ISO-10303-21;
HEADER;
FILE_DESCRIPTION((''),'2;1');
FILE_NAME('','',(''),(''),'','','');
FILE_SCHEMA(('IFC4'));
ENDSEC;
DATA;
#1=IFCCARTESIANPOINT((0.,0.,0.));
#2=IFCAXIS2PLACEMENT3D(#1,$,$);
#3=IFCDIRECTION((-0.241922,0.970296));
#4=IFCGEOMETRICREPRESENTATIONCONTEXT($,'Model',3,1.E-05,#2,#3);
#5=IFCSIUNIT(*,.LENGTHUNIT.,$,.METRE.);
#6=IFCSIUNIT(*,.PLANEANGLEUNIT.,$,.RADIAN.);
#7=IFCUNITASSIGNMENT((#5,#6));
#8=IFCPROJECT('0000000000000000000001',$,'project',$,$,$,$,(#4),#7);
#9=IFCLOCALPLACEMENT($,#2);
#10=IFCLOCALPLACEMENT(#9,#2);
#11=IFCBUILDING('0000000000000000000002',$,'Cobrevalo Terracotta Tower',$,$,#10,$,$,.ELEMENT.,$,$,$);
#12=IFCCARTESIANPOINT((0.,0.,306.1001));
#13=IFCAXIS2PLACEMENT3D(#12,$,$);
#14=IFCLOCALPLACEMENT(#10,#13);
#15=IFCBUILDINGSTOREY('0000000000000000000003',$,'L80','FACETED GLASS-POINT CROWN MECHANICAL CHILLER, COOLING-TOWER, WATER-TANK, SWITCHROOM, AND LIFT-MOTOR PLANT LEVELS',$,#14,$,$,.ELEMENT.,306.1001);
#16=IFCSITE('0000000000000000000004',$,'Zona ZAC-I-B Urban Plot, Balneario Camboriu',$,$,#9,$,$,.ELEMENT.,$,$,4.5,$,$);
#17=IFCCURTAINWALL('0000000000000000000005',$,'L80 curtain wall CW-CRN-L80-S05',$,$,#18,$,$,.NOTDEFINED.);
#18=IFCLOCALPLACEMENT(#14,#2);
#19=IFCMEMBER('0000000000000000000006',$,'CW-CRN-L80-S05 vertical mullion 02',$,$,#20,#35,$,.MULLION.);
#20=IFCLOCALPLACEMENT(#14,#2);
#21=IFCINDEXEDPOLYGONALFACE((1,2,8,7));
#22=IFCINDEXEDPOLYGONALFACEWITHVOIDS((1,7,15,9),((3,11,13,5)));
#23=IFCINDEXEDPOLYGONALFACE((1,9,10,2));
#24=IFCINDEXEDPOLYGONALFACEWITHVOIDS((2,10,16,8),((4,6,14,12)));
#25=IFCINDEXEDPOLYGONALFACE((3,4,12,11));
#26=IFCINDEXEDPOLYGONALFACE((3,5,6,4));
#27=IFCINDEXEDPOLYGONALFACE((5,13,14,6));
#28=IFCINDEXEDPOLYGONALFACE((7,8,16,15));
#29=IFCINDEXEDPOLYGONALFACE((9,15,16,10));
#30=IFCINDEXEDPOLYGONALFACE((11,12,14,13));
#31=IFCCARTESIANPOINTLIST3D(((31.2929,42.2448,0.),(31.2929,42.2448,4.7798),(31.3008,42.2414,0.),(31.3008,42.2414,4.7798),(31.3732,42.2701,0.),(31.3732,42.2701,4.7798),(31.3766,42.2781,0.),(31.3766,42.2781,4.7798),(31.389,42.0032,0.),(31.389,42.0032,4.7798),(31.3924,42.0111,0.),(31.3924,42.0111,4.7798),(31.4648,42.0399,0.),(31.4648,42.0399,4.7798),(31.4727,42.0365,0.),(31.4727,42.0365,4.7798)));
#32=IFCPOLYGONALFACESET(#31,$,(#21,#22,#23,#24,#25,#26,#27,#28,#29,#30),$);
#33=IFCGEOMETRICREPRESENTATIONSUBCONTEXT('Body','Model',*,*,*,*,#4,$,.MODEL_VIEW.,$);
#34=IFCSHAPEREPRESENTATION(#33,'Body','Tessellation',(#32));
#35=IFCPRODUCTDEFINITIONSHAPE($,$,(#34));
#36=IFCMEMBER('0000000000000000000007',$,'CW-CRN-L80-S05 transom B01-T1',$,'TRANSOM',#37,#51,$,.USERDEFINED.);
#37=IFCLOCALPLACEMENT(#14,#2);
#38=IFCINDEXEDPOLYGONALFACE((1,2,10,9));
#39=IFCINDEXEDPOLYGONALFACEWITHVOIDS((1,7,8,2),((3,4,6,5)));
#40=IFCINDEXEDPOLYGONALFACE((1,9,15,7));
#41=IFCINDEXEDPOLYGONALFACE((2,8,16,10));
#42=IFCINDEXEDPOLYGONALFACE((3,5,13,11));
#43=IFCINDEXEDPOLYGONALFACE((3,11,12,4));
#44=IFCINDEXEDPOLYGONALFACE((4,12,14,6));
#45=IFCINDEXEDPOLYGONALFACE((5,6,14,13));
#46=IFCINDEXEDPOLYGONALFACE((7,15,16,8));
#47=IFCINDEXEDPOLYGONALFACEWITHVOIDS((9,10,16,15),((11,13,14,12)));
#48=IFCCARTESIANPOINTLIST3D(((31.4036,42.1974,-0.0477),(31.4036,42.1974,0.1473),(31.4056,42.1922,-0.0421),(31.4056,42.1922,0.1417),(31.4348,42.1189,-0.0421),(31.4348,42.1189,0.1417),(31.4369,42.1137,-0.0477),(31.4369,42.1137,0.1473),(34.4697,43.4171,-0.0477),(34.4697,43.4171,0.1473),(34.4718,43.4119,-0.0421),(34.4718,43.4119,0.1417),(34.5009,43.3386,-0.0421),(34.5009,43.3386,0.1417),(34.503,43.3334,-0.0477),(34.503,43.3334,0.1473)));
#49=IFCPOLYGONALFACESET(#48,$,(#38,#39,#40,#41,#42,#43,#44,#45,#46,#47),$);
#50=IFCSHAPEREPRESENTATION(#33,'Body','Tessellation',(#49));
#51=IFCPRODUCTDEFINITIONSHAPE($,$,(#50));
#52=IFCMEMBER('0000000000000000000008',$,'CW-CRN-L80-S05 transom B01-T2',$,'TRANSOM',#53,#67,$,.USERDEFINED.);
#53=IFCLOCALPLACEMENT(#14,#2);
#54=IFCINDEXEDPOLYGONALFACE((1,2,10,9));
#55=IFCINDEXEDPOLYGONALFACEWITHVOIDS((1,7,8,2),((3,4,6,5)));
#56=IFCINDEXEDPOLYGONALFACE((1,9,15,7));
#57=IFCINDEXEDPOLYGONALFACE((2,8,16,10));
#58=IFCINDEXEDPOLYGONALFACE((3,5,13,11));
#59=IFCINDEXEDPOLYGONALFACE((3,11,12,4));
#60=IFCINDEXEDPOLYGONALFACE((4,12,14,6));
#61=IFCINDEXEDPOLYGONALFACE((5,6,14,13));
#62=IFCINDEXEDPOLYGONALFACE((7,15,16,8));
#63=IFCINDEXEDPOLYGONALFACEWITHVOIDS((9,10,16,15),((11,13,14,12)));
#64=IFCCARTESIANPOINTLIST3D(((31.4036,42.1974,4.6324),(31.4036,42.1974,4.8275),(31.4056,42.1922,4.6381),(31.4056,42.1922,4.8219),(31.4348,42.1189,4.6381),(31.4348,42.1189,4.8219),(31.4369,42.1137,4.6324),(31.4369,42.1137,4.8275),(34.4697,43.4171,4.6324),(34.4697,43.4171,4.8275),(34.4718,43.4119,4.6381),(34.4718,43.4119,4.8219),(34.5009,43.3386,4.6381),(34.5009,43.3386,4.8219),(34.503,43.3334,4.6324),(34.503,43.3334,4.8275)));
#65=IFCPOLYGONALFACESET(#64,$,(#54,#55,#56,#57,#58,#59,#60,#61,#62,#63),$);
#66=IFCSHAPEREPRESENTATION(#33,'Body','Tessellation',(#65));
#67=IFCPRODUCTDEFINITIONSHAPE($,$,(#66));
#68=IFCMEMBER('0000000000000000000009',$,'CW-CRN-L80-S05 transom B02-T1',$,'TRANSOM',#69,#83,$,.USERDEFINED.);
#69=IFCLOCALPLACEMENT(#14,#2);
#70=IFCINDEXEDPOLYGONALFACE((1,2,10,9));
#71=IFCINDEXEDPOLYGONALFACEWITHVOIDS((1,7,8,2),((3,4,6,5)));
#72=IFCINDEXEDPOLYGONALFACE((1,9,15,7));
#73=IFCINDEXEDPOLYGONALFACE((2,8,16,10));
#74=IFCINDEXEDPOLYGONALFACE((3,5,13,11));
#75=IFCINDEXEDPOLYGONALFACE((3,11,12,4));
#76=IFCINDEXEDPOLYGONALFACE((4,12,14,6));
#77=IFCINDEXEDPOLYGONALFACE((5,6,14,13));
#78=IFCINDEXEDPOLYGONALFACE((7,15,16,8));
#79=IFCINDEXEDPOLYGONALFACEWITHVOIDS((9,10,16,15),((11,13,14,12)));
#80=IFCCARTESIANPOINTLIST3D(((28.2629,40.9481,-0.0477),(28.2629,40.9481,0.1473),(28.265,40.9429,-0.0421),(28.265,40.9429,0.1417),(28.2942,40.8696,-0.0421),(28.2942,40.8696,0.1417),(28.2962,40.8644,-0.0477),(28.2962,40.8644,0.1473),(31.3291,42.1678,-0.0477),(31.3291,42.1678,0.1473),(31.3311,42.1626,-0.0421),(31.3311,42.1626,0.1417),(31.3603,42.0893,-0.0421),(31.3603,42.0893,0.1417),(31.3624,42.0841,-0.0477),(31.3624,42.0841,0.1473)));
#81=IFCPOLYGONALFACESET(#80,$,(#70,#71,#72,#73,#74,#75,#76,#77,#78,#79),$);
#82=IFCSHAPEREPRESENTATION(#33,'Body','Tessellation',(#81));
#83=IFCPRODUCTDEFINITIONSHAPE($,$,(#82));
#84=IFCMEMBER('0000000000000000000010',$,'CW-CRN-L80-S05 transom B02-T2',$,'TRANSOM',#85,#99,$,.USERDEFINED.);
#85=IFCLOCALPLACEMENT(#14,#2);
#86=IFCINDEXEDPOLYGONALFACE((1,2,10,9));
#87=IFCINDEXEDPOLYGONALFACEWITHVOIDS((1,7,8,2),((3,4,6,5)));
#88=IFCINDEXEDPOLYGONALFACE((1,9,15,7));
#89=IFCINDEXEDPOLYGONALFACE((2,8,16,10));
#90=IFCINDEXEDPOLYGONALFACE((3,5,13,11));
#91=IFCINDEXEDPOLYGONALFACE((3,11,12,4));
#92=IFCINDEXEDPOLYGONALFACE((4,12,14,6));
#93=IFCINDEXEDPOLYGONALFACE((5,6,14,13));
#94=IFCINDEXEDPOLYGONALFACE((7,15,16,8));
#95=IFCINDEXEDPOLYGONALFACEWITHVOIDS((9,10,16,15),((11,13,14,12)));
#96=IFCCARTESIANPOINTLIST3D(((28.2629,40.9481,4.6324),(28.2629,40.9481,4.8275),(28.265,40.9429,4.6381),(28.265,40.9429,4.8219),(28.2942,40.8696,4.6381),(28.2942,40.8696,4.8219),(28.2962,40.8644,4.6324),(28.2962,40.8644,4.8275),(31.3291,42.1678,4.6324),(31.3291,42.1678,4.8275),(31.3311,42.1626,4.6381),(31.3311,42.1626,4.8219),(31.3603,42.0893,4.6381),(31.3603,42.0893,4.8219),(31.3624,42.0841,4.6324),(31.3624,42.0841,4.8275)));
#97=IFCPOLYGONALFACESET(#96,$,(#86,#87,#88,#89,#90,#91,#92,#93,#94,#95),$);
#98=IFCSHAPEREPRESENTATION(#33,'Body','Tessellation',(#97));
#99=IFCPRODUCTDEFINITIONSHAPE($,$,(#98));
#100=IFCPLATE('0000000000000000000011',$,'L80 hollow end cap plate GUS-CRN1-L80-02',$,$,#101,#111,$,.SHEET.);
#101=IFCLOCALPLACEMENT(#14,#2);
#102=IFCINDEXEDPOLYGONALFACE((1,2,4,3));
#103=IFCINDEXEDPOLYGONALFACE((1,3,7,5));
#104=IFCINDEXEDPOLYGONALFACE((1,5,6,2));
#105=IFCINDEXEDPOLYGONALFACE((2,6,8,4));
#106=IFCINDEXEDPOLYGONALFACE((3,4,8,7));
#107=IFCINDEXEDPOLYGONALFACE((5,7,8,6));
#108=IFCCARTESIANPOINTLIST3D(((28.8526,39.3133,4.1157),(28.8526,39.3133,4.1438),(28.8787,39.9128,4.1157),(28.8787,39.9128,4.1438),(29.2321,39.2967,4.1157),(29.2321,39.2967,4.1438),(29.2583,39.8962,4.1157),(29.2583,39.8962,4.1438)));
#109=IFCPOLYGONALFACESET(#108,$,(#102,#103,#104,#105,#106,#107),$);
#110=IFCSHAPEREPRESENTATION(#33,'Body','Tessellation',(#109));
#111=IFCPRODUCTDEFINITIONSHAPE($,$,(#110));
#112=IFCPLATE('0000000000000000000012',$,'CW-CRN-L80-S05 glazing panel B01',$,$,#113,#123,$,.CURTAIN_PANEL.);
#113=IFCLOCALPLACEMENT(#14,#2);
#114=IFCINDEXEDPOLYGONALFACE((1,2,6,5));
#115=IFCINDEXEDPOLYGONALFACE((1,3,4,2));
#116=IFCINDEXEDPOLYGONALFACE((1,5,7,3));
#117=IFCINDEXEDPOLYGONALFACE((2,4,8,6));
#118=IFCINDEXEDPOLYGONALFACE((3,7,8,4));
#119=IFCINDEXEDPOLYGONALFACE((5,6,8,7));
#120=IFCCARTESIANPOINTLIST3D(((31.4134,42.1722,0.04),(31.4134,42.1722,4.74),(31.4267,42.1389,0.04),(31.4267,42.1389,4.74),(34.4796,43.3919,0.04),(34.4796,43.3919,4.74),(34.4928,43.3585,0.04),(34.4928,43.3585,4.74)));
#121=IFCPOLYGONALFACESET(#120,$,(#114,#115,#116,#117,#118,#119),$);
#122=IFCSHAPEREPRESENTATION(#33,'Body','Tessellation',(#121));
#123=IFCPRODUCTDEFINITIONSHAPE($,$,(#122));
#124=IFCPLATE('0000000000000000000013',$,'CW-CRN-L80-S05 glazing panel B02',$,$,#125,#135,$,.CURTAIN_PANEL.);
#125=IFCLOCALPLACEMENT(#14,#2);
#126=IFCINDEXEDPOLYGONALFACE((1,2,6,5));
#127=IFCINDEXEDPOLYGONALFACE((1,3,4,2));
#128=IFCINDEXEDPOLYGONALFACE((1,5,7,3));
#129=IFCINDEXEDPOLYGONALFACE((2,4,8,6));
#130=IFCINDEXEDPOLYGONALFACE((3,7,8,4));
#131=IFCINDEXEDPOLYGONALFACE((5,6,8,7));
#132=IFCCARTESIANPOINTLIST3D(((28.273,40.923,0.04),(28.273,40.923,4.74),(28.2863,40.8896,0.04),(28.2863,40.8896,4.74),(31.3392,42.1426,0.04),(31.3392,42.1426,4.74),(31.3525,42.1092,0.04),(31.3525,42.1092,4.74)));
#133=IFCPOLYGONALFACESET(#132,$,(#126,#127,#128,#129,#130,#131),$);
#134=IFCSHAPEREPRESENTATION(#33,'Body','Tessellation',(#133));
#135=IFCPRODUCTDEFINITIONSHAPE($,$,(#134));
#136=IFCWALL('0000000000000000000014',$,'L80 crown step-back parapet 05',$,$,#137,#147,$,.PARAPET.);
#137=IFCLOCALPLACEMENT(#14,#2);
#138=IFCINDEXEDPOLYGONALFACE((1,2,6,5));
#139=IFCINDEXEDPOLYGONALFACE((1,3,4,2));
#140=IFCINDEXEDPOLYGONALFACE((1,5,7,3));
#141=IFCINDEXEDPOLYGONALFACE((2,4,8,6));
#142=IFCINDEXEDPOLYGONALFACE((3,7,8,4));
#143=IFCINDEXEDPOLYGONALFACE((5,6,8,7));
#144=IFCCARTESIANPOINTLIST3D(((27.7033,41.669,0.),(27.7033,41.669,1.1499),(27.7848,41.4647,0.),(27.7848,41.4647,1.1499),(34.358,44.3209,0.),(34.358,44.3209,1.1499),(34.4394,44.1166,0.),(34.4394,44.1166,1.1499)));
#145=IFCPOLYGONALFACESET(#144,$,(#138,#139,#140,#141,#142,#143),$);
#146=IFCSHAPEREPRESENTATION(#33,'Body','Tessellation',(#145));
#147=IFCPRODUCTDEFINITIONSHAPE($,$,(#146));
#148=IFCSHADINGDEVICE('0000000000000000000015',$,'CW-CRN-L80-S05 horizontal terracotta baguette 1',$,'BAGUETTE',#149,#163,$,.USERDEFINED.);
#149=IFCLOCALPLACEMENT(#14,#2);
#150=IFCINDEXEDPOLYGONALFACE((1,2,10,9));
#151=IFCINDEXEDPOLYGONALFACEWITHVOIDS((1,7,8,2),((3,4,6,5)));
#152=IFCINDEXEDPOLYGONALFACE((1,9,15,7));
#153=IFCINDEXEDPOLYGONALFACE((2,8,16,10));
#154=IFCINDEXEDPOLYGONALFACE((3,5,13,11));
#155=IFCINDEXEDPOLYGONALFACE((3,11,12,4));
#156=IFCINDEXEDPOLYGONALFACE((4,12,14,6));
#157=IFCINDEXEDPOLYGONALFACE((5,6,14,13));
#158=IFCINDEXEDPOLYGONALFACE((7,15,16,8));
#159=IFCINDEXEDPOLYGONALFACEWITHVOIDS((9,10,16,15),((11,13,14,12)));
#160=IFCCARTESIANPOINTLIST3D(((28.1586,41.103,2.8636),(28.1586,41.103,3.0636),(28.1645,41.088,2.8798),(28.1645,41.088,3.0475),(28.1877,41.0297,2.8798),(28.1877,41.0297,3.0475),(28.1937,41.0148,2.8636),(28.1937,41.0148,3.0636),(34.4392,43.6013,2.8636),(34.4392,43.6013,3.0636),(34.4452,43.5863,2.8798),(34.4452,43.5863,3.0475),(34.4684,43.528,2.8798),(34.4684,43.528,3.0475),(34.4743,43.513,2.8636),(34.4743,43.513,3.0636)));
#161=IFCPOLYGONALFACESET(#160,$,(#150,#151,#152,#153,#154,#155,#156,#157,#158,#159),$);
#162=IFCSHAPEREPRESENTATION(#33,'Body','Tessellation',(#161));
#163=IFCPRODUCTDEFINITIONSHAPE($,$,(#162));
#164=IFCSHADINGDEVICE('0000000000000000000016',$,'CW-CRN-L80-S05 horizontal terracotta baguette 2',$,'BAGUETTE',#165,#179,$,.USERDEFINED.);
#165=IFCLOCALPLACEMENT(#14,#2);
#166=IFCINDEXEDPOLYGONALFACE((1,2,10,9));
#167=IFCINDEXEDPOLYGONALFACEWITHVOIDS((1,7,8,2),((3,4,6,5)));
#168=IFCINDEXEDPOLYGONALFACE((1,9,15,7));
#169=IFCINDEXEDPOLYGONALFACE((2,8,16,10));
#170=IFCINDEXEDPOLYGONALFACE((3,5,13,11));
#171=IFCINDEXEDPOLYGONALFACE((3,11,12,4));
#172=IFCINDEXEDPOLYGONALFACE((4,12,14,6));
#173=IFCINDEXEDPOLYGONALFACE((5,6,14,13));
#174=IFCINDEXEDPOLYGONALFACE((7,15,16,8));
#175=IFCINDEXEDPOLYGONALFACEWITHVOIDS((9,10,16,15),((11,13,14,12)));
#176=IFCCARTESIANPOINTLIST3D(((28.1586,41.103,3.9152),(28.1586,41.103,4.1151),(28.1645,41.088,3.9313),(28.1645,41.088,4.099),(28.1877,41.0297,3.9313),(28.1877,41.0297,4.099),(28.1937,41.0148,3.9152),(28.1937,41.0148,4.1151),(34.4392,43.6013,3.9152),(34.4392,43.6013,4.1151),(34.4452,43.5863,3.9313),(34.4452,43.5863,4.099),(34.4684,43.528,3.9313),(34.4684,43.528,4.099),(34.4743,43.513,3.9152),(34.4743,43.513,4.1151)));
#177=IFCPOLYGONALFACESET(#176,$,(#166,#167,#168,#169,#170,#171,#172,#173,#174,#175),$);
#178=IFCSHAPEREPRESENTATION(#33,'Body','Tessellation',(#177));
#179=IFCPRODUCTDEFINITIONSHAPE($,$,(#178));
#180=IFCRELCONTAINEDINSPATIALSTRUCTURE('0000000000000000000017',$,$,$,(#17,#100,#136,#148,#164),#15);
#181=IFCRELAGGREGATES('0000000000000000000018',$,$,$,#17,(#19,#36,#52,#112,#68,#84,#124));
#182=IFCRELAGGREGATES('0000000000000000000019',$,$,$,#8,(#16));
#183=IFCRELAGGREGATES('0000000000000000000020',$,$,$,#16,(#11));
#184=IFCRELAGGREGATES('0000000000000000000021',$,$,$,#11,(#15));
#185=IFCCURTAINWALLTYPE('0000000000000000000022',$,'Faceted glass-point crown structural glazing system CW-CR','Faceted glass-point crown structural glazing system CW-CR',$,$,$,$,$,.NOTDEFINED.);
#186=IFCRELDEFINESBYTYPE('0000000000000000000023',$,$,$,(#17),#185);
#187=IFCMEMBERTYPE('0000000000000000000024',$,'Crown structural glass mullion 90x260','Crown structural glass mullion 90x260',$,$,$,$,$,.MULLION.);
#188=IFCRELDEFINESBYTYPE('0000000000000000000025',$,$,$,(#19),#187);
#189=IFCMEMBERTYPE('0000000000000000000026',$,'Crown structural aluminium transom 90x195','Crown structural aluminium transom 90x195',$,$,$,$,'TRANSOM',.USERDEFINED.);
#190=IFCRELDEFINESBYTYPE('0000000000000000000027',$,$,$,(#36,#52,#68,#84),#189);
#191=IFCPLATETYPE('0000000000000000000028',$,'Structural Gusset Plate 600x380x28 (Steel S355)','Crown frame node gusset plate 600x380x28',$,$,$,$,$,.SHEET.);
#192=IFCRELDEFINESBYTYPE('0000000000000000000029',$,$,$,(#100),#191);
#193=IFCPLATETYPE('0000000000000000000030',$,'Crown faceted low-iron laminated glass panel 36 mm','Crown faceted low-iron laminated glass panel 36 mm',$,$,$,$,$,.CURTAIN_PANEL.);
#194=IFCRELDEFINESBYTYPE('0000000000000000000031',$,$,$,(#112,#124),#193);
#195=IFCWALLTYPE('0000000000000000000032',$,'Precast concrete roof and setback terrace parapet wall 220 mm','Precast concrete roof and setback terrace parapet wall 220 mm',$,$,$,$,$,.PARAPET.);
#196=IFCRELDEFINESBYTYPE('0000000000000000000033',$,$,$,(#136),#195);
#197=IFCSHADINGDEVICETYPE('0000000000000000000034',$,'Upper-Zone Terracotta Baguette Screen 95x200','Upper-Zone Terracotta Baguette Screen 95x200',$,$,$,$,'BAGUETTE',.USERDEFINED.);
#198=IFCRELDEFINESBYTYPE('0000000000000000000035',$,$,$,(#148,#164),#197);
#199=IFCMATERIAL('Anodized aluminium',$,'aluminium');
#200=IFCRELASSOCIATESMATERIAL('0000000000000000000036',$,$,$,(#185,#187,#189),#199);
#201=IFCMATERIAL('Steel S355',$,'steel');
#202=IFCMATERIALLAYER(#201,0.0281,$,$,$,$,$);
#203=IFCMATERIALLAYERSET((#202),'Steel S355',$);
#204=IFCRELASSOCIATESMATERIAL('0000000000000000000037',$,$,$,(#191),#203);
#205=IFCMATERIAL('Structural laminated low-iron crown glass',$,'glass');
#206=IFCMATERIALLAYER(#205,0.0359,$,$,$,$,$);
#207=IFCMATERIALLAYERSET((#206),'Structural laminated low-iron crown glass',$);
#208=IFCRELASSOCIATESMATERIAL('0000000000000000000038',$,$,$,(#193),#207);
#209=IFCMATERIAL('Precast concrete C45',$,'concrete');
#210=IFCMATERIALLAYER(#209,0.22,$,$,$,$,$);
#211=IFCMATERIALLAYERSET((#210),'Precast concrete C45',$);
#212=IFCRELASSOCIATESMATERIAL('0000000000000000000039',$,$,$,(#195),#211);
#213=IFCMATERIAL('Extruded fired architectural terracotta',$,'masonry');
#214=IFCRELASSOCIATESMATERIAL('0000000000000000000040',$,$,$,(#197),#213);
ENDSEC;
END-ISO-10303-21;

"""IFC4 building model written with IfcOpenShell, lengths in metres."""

from ifc_helpers import new_model, si_unit, direction, frame, frame_2d, origin, origin_2d, place, context, subcontext, project, spatial, rectangle, hollow_rectangle, extrude, source, transform, mapped, material, layer, layer_set, material_profile, profile_set, type_object, element, aggregate, save


model = new_model("IFC4")

# Units and contexts
model_context = context("Model", 3, precision=1e-05, world=origin(), true_north=direction((-0.241922, 0.970296)))
body_context = subcontext(model_context, "Body", "Model", "MODEL_VIEW")
ifc_project = project(units=[si_unit("LENGTHUNIT", "METRE"), si_unit("PLANEANGLEUNIT", "RADIAN")], contexts=[model_context])

# Site, building, storey
site_placement = place(None, origin())
site = spatial("IfcSite", under=ifc_project, at=site_placement, Name="Zona ZAC-I-B Urban Plot, Balneario Camboriu", CompositionType="ELEMENT", RefElevation=4.5)
building_placement = place(site_placement, origin())
building = spatial("IfcBuilding", under=site, at=building_placement, Name="Cobrevalo Terracotta Tower", CompositionType="ELEMENT")
storey_placement = place(building_placement, frame((0.0, 0.0, 306.1001)))
storey = spatial("IfcBuildingStorey", under=building, at=storey_placement, Name="L80", Description="FACETED GLASS-POINT CROWN MECHANICAL CHILLER, COOLING-TOWER, WATER-TANK, SWITCHROOM, AND LIFT-MOTOR PLANT LEVELS", CompositionType="ELEMENT", Elevation=306.1001)

# Shared definitions
ifc_material_1 = material(Name="Steel S355", Category="steel")

# Shared definitions
ifc_material_2 = material(Name="Anodized aluminium", Category="aluminium")
curtain_wall_type = type_object("IfcCurtainWallType", Name="Faceted glass-point crown structural glazing system CW-CR", Description="Faceted glass-point crown structural glazing system CW-CR", PredefinedType="NOTDEFINED", material=ifc_material_2)
ifc_material_profile_1 = material_profile(ifc_material_2, hollow_rectangle(XDim=0.0901, YDim=0.26, WallThickness=0.0061, at=origin_2d()), Name="CWM 90x260")
ifc_profile_set_1 = profile_set([ifc_material_profile_1], Name="Anodized aluminium")
member_type_1 = type_object("IfcMemberType", Name="Crown structural glass mullion 90x260", Description="Crown structural glass mullion 90x260", PredefinedType="MULLION", material=ifc_profile_set_1)
shared_shape_1 = source(origin(), body_context, "Body", "SweptSolid", [
    extrude(hollow_rectangle(XDim=0.0901, YDim=0.26, WallThickness=0.0061, at=origin_2d()), origin(), (0.0, 0.0, 1.0), 4.7798),
])

# Curtain wall, members
curtain_wall_1_placement = place(storey_placement, origin())
curtain_wall_1 = element("IfcCurtainWall", 1, at=curtain_wall_1_placement, inside=storey, type_object=curtain_wall_type, Name="L80 curtain wall CW-CRN-L80-S05", PredefinedType="NOTDEFINED")
member_1_placement = place(storey_placement, frame((31.3828, 42.1406, 0.0), z_axis=(0.0, 0.0, 1.0), x_axis=(-0.929191, -0.369601, 0.0)))
member_1 = element("IfcMember", 2, at=member_1_placement, type_object=member_type_1, Name="CW-CRN-L80-S05 vertical mullion 02", PredefinedType="MULLION", context=body_context, shape_type="MappedRepresentation", body=[
    mapped(shared_shape_1, transform((0.0, 0.0, 0.0), scale=1.0)),
])
ifc_material_profile_2 = material_profile(ifc_material_2, hollow_rectangle(XDim=0.0901, YDim=0.1951, WallThickness=0.0056, at=origin_2d()), Name="CWT 90x195")
ifc_profile_set_2 = profile_set([ifc_material_profile_2], Name="Anodized aluminium")
member_type_2 = type_object("IfcMemberType", Name="Crown structural aluminium transom 90x195", Description="Crown structural aluminium transom 90x195", ElementType="TRANSOM", PredefinedType="USERDEFINED", material=ifc_profile_set_2)
shared_shape_2 = source(origin(), body_context, "Body", "SweptSolid", [
    extrude(hollow_rectangle(XDim=0.0901, YDim=0.1951, WallThickness=0.0056, at=origin_2d()), origin(), (0.0, 0.0, 1.0), 3.2998),
])
member_2_placement = place(storey_placement, frame((34.4863, 43.3752, 0.0498), z_axis=(-0.929179, -0.36963, 0.0), x_axis=(0.36963, -0.929179, 0.0)))
member_2 = element("IfcMember", 3, at=member_2_placement, type_object=member_type_2, Name="CW-CRN-L80-S05 transom B01-T1", ObjectType="TRANSOM", PredefinedType="USERDEFINED", context=body_context, shape_type="MappedRepresentation", body=[
    mapped(shared_shape_2, transform((0.0, 0.0, 0.0), scale=1.0)),
])
member_3_placement = place(storey_placement, frame((34.4863, 43.3752, 4.73), z_axis=(-0.929179, -0.36963, 0.0), x_axis=(0.36963, -0.929179, 0.0)))
member_3 = element("IfcMember", 4, at=member_3_placement, type_object=member_type_2, Name="CW-CRN-L80-S05 transom B01-T2", ObjectType="TRANSOM", PredefinedType="USERDEFINED", context=body_context, shape_type="MappedRepresentation", body=[
    mapped(shared_shape_2, transform((0.0, 0.0, 0.0), scale=1.0)),
])
member_4_placement = place(storey_placement, frame((31.3457, 42.126, 0.0498), z_axis=(-0.929179, -0.36963, 0.0), x_axis=(0.36963, -0.929179, 0.0)))
member_4 = element("IfcMember", 5, at=member_4_placement, type_object=member_type_2, Name="CW-CRN-L80-S05 transom B02-T1", ObjectType="TRANSOM", PredefinedType="USERDEFINED", context=body_context, shape_type="MappedRepresentation", body=[
    mapped(shared_shape_2, transform((0.0, 0.0, 0.0), scale=1.0)),
])
member_5_placement = place(storey_placement, frame((31.3457, 42.126, 4.73), z_axis=(-0.929179, -0.36963, 0.0), x_axis=(0.36963, -0.929179, 0.0)))
member_5 = element("IfcMember", 6, at=member_5_placement, type_object=member_type_2, Name="CW-CRN-L80-S05 transom B02-T2", ObjectType="TRANSOM", PredefinedType="USERDEFINED", context=body_context, shape_type="MappedRepresentation", body=[
    mapped(shared_shape_2, transform((0.0, 0.0, 0.0), scale=1.0)),
])

# Plates
ifc_layer_1 = layer(ifc_material_1, 0.0281)
ifc_layer_set_1 = layer_set([ifc_layer_1], Name="Steel S355")
plate_type_1 = type_object("IfcPlateType", Name="Structural Gusset Plate 600x380x28 (Steel S355)", Description="Crown frame node gusset plate 600x380x28", PredefinedType="SHEET", material=ifc_layer_set_1)
shared_shape_3 = source(origin(), body_context, "Body", "SweptSolid", [
    extrude(rectangle(XDim=0.6001, YDim=0.3799, at=origin_2d()), origin(), (0.0, 0.0, 1.0), 0.0281),
])
plate_1_placement = place(storey_placement, frame((29.0554, 39.6047, 4.1157), z_axis=(0.0, 0.0, 1.0), x_axis=(0.0436, 0.999049, 0.0)))
element("IfcPlate", 7, at=plate_1_placement, inside=storey, type_object=plate_type_1, Name="L80 hollow end cap plate GUS-CRN1-L80-02", PredefinedType="SHEET", context=body_context, shape_type="MappedRepresentation", body=[
    mapped(shared_shape_3, transform((0.0, 0.0, 0.0), scale=1.0)),
])
ifc_material_3 = material(Name="Structural laminated low-iron crown glass", Category="glass")
ifc_layer_2 = layer(ifc_material_3, 0.0359)
ifc_layer_set_2 = layer_set([ifc_layer_2], Name="Structural laminated low-iron crown glass")
plate_type_2 = type_object("IfcPlateType", Name="Crown faceted low-iron laminated glass panel 36 mm", Description="Crown faceted low-iron laminated glass panel 36 mm", PredefinedType="CURTAIN_PANEL", material=ifc_layer_set_2)
shared_shape_4 = source(origin(), body_context, "Body", "SweptSolid", [
    extrude(rectangle(XDim=3.2998, YDim=0.0359, at=origin_2d()), origin(), (0.0, 0.0, 1.0), 4.7),
])
plate_2_placement = place(storey_placement, frame((32.9531, 42.7654, 0.04), z_axis=(0.0, 0.0, 1.0), x_axis=(-0.929191, -0.369601, 0.0)))
plate_2 = element("IfcPlate", 8, at=plate_2_placement, type_object=plate_type_2, Name="CW-CRN-L80-S05 glazing panel B01", PredefinedType="CURTAIN_PANEL", context=body_context, shape_type="MappedRepresentation", body=[
    mapped(shared_shape_4, transform((0.0, 0.0, 0.0), scale=1.0)),
])
plate_3_placement = place(storey_placement, frame((29.8127, 41.5161, 0.04), z_axis=(0.0, 0.0, 1.0), x_axis=(-0.929191, -0.369601, 0.0)))
plate_3 = element("IfcPlate", 9, at=plate_3_placement, type_object=plate_type_2, Name="CW-CRN-L80-S05 glazing panel B02", PredefinedType="CURTAIN_PANEL", context=body_context, shape_type="MappedRepresentation", body=[
    mapped(shared_shape_4, transform((0.0, 0.0, 0.0), scale=1.0)),
])
aggregate(curtain_wall_1, [member_1, member_2, member_3, plate_2, member_4, member_5, plate_3])

# Wall
ifc_material_4 = material(Name="Precast concrete C45", Category="concrete")
ifc_layer_3 = layer(ifc_material_4, 0.22)
ifc_layer_set_3 = layer_set([ifc_layer_3], Name="Precast concrete C45")
wall_type = type_object("IfcWallType", Name="Precast concrete roof and setback terrace parapet wall 220 mm", Description="Precast concrete roof and setback terrace parapet wall 220 mm", PredefinedType="PARAPET", material=ifc_layer_set_3)
wall_placement = place(storey_placement, frame((34.3987, 44.2188, 0.0), z_axis=(0.0, 0.0, 1.0), x_axis=(-0.928955, -0.370192, 0.0)))
element("IfcWall", 10, at=wall_placement, inside=storey, type_object=wall_type, Name="L80 crown step-back parapet 05", PredefinedType="PARAPET", context=body_context, shape_type="SweptSolid", body=[
    extrude(rectangle(XDim=7.1636, YDim=0.22, at=frame_2d((3.5818, 0.0))), origin(), (0.0, 0.0, 1.0), 1.1499),
])

# Shading devices
ifc_material_5 = material(Name="Extruded fired architectural terracotta", Category="masonry")
ifc_material_profile_3 = material_profile(ifc_material_5, hollow_rectangle(XDim=0.095, YDim=0.2, WallThickness=0.0161, at=origin_2d()), Name="BAGUETTE 95x200")
ifc_profile_set_3 = profile_set([ifc_material_profile_3], Name="Extruded fired architectural terracotta")
shading_device_type = type_object("IfcShadingDeviceType", Name="Upper-Zone Terracotta Baguette Screen 95x200", Description="Upper-Zone Terracotta Baguette Screen 95x200", ElementType="BAGUETTE", PredefinedType="USERDEFINED", material=ifc_profile_set_3)
shared_shape_5 = source(origin(), body_context, "Body", "SweptSolid", [
    extrude(hollow_rectangle(XDim=0.095, YDim=0.2, WallThickness=0.0161, at=origin_2d()), origin(), (0.0, 0.0, 1.0), 6.7593),
])
for number, where, z_axis, x_axis, name in (
    (11, (34.4568, 43.5571, 2.9636), (-0.92919, -0.369603, 0.0), (0.369603, -0.92919, 0.0), "CW-CRN-L80-S05 horizontal terracotta baguette 1"),
    (12, (34.4568, 43.5571, 4.0151), (-0.92919, -0.369603, 0.0), (0.369603, -0.92919, 0.0), "CW-CRN-L80-S05 horizontal terracotta baguette 2"),
):
    element("IfcShadingDevice", number, at=place(storey_placement, frame(where, z_axis=z_axis, x_axis=x_axis)), inside=storey, type_object=shading_device_type, Name=name, ObjectType="BAGUETTE", PredefinedType="USERDEFINED", context=body_context, shape_type="MappedRepresentation", body=[
        mapped(shared_shape_5, transform((0.0, 0.0, 0.0), scale=1.0)),
    ])

save(model, "model.ifc")
